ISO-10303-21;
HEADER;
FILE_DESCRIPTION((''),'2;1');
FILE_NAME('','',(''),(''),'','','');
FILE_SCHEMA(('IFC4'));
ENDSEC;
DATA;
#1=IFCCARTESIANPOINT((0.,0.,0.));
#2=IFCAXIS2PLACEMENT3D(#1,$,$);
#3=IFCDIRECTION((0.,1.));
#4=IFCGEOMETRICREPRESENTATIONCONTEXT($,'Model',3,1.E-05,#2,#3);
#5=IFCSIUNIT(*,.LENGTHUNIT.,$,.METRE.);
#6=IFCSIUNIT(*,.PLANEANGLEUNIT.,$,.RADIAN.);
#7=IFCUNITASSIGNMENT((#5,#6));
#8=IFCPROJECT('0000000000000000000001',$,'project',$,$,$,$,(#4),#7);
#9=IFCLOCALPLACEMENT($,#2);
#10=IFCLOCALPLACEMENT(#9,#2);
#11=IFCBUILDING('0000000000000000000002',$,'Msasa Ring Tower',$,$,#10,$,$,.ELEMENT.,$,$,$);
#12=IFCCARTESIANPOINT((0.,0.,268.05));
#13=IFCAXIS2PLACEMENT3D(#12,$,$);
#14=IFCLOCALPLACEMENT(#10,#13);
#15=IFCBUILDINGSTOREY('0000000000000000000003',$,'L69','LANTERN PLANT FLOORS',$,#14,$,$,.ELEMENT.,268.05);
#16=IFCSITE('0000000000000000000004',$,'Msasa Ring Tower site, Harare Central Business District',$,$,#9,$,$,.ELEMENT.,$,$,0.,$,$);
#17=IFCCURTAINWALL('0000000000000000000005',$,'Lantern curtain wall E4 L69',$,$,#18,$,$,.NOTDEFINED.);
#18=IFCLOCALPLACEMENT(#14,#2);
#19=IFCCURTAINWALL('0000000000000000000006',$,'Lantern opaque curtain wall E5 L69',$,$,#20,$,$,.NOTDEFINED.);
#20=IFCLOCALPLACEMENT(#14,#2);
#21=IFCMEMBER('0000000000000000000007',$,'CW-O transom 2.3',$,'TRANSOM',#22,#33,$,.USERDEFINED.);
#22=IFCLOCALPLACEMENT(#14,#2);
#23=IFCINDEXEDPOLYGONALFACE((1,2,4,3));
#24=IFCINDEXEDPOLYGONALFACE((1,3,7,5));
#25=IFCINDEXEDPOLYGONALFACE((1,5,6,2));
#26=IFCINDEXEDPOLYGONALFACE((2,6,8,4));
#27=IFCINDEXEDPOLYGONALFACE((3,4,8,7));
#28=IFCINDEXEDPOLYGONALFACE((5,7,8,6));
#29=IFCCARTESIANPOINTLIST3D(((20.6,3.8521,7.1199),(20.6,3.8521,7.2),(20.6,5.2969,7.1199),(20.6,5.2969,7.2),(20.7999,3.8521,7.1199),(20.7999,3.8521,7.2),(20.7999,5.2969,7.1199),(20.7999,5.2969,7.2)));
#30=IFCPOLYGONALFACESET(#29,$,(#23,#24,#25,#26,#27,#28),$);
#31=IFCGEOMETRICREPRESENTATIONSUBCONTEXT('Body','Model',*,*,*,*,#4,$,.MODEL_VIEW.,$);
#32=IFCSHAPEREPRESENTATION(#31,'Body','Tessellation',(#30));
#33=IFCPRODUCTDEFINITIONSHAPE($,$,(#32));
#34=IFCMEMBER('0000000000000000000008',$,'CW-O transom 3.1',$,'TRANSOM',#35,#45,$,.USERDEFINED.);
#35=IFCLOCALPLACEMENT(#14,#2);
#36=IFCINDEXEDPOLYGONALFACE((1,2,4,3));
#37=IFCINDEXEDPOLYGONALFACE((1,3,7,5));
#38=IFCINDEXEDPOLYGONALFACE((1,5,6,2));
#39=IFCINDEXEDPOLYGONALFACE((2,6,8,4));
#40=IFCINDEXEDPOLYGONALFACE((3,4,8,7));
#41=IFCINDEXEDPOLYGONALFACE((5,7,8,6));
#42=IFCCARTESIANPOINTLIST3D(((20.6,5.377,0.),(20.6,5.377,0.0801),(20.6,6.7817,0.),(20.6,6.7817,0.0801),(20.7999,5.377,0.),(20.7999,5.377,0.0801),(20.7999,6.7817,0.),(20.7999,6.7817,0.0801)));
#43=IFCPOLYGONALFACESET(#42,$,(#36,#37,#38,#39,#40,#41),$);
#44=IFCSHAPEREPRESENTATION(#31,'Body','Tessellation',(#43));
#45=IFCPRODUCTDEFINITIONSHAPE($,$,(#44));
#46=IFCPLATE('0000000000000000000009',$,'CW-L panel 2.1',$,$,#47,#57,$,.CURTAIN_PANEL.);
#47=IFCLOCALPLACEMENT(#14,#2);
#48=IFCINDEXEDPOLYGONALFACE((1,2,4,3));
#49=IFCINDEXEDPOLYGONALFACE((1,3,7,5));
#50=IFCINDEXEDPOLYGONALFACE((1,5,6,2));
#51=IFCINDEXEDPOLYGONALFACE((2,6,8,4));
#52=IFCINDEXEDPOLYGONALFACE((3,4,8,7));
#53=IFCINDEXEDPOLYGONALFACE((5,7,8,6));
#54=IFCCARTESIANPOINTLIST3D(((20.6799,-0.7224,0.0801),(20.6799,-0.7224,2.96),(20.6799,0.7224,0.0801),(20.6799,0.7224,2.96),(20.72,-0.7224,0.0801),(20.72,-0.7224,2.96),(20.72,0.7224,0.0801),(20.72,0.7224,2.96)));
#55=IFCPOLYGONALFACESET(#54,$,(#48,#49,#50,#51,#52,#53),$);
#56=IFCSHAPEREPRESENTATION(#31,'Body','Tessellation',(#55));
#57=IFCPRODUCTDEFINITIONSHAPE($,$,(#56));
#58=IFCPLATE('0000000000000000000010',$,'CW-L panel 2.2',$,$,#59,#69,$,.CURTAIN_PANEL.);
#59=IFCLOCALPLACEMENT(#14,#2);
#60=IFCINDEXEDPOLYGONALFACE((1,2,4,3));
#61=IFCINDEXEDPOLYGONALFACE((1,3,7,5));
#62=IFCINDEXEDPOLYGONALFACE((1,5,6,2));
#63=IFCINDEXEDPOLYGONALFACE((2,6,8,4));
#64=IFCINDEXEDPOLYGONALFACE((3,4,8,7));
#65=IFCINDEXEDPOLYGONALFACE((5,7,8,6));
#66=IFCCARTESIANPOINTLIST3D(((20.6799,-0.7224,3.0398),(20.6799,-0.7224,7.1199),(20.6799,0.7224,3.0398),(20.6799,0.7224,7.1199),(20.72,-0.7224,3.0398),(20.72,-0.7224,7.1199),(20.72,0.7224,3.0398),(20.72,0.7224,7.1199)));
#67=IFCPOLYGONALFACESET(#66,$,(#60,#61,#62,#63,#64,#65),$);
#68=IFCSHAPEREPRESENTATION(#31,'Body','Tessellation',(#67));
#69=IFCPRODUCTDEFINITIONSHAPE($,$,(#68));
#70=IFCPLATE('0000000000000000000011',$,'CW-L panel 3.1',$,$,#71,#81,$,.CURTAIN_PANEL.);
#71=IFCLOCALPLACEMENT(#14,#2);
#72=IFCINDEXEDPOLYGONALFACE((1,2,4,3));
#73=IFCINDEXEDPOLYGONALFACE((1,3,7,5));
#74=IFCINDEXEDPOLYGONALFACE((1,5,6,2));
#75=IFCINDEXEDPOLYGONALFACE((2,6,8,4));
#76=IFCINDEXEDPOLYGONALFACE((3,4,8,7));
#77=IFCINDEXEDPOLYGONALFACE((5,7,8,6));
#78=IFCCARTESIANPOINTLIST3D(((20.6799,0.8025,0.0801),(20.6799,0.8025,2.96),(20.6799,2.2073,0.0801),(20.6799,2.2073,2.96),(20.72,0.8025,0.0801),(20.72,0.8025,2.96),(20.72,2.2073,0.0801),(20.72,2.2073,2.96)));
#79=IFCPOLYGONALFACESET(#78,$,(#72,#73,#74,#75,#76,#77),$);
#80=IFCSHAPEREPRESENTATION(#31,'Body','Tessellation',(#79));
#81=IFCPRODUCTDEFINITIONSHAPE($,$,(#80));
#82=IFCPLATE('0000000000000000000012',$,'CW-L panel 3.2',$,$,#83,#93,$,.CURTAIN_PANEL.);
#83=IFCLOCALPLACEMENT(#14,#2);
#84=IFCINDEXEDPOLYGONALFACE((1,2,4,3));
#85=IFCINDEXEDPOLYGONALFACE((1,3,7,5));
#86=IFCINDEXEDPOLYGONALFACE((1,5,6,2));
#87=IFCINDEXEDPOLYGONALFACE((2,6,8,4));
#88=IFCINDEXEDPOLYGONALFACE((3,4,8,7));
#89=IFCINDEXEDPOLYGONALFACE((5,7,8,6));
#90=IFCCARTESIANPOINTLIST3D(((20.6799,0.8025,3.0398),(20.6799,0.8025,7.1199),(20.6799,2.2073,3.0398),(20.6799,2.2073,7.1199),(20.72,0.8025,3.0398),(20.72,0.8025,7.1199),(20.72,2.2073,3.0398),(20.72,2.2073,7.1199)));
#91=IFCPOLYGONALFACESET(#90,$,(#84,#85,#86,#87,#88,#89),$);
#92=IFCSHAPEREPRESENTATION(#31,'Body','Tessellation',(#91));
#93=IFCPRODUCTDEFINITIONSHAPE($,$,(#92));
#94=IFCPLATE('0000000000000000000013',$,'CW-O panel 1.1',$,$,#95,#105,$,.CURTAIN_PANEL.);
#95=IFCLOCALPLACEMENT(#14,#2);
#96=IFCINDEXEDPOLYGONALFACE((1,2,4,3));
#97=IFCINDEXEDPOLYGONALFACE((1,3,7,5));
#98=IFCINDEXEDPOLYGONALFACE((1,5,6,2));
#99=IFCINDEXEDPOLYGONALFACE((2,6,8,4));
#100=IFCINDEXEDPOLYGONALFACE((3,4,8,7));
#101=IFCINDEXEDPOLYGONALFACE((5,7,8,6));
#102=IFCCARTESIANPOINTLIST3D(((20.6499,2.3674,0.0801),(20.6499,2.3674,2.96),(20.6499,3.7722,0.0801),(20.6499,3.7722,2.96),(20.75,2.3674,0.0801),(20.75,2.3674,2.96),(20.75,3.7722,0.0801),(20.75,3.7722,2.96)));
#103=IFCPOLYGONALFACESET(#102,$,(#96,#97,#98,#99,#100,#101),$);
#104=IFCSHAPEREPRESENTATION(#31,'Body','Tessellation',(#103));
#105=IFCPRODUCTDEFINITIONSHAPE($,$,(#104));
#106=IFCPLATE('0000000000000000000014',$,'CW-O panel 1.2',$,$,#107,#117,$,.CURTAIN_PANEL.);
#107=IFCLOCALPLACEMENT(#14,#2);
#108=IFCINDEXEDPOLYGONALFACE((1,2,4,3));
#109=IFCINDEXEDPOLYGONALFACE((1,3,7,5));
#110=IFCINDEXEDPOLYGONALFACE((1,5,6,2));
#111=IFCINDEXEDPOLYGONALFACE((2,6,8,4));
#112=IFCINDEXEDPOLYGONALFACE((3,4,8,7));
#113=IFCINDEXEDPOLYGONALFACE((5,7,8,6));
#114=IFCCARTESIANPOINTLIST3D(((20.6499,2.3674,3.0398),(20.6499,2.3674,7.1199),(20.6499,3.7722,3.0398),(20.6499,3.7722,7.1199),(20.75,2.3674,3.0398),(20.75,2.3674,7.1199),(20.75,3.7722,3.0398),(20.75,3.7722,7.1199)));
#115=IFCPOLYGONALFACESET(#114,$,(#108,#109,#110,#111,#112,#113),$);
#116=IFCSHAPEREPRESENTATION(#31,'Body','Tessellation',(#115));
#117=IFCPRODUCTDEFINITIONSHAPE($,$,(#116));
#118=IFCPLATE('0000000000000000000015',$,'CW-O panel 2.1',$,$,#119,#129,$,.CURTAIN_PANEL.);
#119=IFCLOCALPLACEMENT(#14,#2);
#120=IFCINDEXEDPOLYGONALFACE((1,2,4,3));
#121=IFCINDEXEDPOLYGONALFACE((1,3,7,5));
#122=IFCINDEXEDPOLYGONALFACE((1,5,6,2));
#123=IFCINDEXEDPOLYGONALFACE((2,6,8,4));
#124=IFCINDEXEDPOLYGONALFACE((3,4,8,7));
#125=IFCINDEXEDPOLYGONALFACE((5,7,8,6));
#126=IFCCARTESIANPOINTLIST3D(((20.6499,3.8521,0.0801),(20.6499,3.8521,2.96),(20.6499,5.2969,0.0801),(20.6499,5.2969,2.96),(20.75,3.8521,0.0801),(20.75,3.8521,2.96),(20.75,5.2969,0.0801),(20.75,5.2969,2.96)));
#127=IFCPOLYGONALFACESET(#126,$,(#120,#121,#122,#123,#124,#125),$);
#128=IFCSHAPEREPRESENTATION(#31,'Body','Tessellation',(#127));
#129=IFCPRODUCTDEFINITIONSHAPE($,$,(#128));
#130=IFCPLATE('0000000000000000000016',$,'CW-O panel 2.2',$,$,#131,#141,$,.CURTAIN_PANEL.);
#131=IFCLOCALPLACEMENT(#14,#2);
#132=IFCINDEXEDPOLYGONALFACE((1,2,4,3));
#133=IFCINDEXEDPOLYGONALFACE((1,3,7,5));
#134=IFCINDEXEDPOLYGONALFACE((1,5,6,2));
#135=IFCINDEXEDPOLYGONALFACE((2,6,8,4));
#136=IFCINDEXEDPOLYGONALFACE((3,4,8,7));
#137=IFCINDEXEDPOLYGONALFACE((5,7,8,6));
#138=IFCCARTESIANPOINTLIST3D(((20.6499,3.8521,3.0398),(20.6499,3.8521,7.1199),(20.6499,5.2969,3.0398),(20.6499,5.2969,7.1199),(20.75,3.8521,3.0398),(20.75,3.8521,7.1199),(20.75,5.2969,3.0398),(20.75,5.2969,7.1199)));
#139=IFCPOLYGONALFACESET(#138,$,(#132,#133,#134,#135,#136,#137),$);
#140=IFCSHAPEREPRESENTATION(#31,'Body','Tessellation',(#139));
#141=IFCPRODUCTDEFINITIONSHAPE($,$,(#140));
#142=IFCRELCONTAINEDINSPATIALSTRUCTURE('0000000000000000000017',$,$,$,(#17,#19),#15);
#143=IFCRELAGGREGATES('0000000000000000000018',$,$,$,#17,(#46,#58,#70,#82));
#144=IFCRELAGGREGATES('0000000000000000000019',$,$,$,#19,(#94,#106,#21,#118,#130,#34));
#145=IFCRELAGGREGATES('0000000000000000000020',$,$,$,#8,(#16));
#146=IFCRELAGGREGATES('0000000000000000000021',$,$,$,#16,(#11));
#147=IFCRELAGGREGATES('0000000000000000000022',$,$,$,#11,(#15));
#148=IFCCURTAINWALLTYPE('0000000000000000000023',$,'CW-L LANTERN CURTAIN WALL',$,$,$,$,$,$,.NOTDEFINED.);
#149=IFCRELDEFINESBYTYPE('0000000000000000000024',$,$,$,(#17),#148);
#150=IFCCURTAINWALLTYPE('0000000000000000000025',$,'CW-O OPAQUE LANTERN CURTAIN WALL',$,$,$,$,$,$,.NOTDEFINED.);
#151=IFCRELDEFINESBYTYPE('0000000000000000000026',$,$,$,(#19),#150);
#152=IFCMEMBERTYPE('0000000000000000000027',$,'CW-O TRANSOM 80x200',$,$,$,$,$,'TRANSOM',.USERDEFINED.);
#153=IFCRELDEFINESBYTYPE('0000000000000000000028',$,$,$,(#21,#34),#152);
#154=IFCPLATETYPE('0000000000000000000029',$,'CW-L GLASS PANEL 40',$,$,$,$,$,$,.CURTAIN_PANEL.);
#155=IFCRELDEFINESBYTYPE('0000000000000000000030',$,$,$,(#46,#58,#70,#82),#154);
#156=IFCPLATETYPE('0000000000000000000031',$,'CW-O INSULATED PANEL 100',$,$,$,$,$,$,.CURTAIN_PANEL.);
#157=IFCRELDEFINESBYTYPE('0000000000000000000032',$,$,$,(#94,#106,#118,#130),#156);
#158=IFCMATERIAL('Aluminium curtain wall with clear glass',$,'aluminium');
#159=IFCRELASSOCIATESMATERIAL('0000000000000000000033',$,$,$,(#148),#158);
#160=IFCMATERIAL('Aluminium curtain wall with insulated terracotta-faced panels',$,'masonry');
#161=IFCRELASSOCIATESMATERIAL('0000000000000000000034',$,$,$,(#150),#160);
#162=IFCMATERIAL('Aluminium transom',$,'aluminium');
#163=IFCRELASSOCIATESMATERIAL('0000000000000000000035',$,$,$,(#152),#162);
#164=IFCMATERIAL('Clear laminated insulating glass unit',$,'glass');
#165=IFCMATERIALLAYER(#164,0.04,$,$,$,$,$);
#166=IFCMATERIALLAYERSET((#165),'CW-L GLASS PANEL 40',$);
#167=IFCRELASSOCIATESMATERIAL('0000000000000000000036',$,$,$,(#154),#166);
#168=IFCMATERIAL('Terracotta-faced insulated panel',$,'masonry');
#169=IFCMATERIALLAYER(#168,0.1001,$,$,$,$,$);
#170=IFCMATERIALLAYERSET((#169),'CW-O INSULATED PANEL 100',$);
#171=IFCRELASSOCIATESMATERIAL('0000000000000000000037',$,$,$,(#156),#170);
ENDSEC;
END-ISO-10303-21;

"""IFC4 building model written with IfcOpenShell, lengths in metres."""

from ifc_helpers import new_model, si_unit, direction, frame, origin, origin_2d, place, context, subcontext, project, spatial, rectangle, extrude, material, layer, layer_set, material_profile, profile_set, type_object, element, aggregate, save


model = new_model("IFC4")

# Units and contexts
model_context = context("Model", 3, precision=1e-05, world=origin(), true_north=direction((0.0, 1.0)))
body_context = subcontext(model_context, "Body", "Model", "MODEL_VIEW")
ifc_project = project(units=[si_unit("LENGTHUNIT", "METRE"), si_unit("PLANEANGLEUNIT", "RADIAN")], contexts=[model_context])

# Site, building, storey
site_placement = place(None, origin())
site = spatial("IfcSite", under=ifc_project, at=site_placement, Name="Msasa Ring Tower site, Harare Central Business District", CompositionType="ELEMENT", RefElevation=0.0)
building_placement = place(site_placement, origin())
building = spatial("IfcBuilding", under=site, at=building_placement, Name="Msasa Ring Tower", CompositionType="ELEMENT")
storey_placement = place(building_placement, frame((0.0, 0.0, 268.05)))
storey = spatial("IfcBuildingStorey", under=building, at=storey_placement, Name="L69", Description="LANTERN PLANT FLOORS", CompositionType="ELEMENT", Elevation=268.05)

# Curtain walls, members
ifc_material_1 = material(Name="Aluminium curtain wall with clear glass", Category="aluminium")
curtain_wall_type_1 = type_object("IfcCurtainWallType", Name="CW-L LANTERN CURTAIN WALL", PredefinedType="NOTDEFINED", material=ifc_material_1)
curtain_wall_1_placement = place(storey_placement, origin())
curtain_wall_1 = element("IfcCurtainWall", 1, at=curtain_wall_1_placement, inside=storey, type_object=curtain_wall_type_1, Name="Lantern curtain wall E4 L69", PredefinedType="NOTDEFINED")
ifc_material_2 = material(Name="Aluminium curtain wall with insulated terracotta-faced panels", Category="masonry")
curtain_wall_type_2 = type_object("IfcCurtainWallType", Name="CW-O OPAQUE LANTERN CURTAIN WALL", PredefinedType="NOTDEFINED", material=ifc_material_2)
curtain_wall_2_placement = place(storey_placement, origin())
curtain_wall_2 = element("IfcCurtainWall", 2, at=curtain_wall_2_placement, inside=storey, type_object=curtain_wall_type_2, Name="Lantern opaque curtain wall E5 L69", PredefinedType="NOTDEFINED")
ifc_material_3 = material(Name="Aluminium transom", Category="aluminium")
ifc_material_profile_1 = material_profile(ifc_material_3, rectangle(XDim=0.2, YDim=0.0801, at=origin_2d()), Name="AL 80x200")
ifc_profile_set_1 = profile_set([ifc_material_profile_1], Name="Aluminium transom")
member_type_1 = type_object("IfcMemberType", Name="CW-O TRANSOM 80x200", ElementType="TRANSOM", PredefinedType="USERDEFINED", material=ifc_profile_set_1)
member_1_placement = place(storey_placement, frame((20.7, 3.8521, 7.1599), z_axis=(0.0, 1.0, 0.0), x_axis=(-1.0, 0.0, 0.0)))
member_1 = element("IfcMember", 3, at=member_1_placement, type_object=member_type_1, Name="CW-O transom 2.3", ObjectType="TRANSOM", PredefinedType="USERDEFINED", context=body_context, shape_type="SweptSolid", body=[
    extrude(rectangle(XDim=0.2, YDim=0.0801, at=origin_2d()), origin(), (0.0, 0.0, 1.0), 1.4448),
])
member_2_placement = place(storey_placement, frame((20.7, 5.377, 0.04), z_axis=(0.0, 1.0, 0.0), x_axis=(-1.0, 0.0, 0.0)))
member_2 = element("IfcMember", 4, at=member_2_placement, type_object=member_type_1, Name="CW-O transom 3.1", ObjectType="TRANSOM", PredefinedType="USERDEFINED", context=body_context, shape_type="SweptSolid", body=[
    extrude(rectangle(XDim=0.2, YDim=0.0801, at=origin_2d()), origin(), (0.0, 0.0, 1.0), 1.4048),
])

# Plates
ifc_material_4 = material(Name="Clear laminated insulating glass unit", Category="glass")
ifc_layer_1 = layer(ifc_material_4, 0.04)
ifc_layer_set_1 = layer_set([ifc_layer_1], Name="CW-L GLASS PANEL 40")
plate_type_1 = type_object("IfcPlateType", Name="CW-L GLASS PANEL 40", PredefinedType="CURTAIN_PANEL", material=ifc_layer_set_1)
plate_1_placement = place(storey_placement, frame((20.7, 0.0, 0.0801), z_axis=(0.0, 0.0, 1.0), x_axis=(0.0, 1.0, 0.0)))
plate_1 = element("IfcPlate", 5, at=plate_1_placement, type_object=plate_type_1, Name="CW-L panel 2.1", PredefinedType="CURTAIN_PANEL", context=body_context, shape_type="SweptSolid", body=[
    extrude(rectangle(XDim=1.4448, YDim=0.04, at=origin_2d()), origin(), (0.0, 0.0, 1.0), 2.8799),
])
plate_2_placement = place(storey_placement, frame((20.7, 0.0, 3.0398), z_axis=(0.0, 0.0, 1.0), x_axis=(0.0, 1.0, 0.0)))
plate_2 = element("IfcPlate", 6, at=plate_2_placement, type_object=plate_type_1, Name="CW-L panel 2.2", PredefinedType="CURTAIN_PANEL", context=body_context, shape_type="SweptSolid", body=[
    extrude(rectangle(XDim=1.4448, YDim=0.04, at=origin_2d()), origin(), (0.0, 0.0, 1.0), 4.0801),
])
plate_3_placement = place(storey_placement, frame((20.7, 1.5049, 0.0801), z_axis=(0.0, 0.0, 1.0), x_axis=(0.0, 1.0, 0.0)))
plate_3 = element("IfcPlate", 7, at=plate_3_placement, type_object=plate_type_1, Name="CW-L panel 3.1", PredefinedType="CURTAIN_PANEL", context=body_context, shape_type="SweptSolid", body=[
    extrude(rectangle(XDim=1.4048, YDim=0.04, at=origin_2d()), origin(), (0.0, 0.0, 1.0), 2.8799),
])
plate_4_placement = place(storey_placement, frame((20.7, 1.5049, 3.0398), z_axis=(0.0, 0.0, 1.0), x_axis=(0.0, 1.0, 0.0)))
plate_4 = element("IfcPlate", 8, at=plate_4_placement, type_object=plate_type_1, Name="CW-L panel 3.2", PredefinedType="CURTAIN_PANEL", context=body_context, shape_type="SweptSolid", body=[
    extrude(rectangle(XDim=1.4048, YDim=0.04, at=origin_2d()), origin(), (0.0, 0.0, 1.0), 4.0801),
])
aggregate(curtain_wall_1, [plate_1, plate_2, plate_3, plate_4])
ifc_material_5 = material(Name="Terracotta-faced insulated panel", Category="masonry")
ifc_layer_2 = layer(ifc_material_5, 0.1001)
ifc_layer_set_2 = layer_set([ifc_layer_2], Name="CW-O INSULATED PANEL 100")
plate_type_2 = type_object("IfcPlateType", Name="CW-O INSULATED PANEL 100", PredefinedType="CURTAIN_PANEL", material=ifc_layer_set_2)
plate_5_placement = place(storey_placement, frame((20.7, 3.0698, 0.0801), z_axis=(0.0, 0.0, 1.0), x_axis=(0.0, 1.0, 0.0)))
plate_5 = element("IfcPlate", 9, at=plate_5_placement, type_object=plate_type_2, Name="CW-O panel 1.1", PredefinedType="CURTAIN_PANEL", context=body_context, shape_type="SweptSolid", body=[
    extrude(rectangle(XDim=1.4048, YDim=0.1001, at=origin_2d()), origin(), (0.0, 0.0, 1.0), 2.8799),
])
plate_6_placement = place(storey_placement, frame((20.7, 3.0698, 3.0398), z_axis=(0.0, 0.0, 1.0), x_axis=(0.0, 1.0, 0.0)))
plate_6 = element("IfcPlate", 10, at=plate_6_placement, type_object=plate_type_2, Name="CW-O panel 1.2", PredefinedType="CURTAIN_PANEL", context=body_context, shape_type="SweptSolid", body=[
    extrude(rectangle(XDim=1.4048, YDim=0.1001, at=origin_2d()), origin(), (0.0, 0.0, 1.0), 4.0801),
])
plate_7_placement = place(storey_placement, frame((20.7, 4.5745, 0.0801), z_axis=(0.0, 0.0, 1.0), x_axis=(0.0, 1.0, 0.0)))
plate_7 = element("IfcPlate", 11, at=plate_7_placement, type_object=plate_type_2, Name="CW-O panel 2.1", PredefinedType="CURTAIN_PANEL", context=body_context, shape_type="SweptSolid", body=[
    extrude(rectangle(XDim=1.4448, YDim=0.1001, at=origin_2d()), origin(), (0.0, 0.0, 1.0), 2.8799),
])
plate_8_placement = place(storey_placement, frame((20.7, 4.5745, 3.0398), z_axis=(0.0, 0.0, 1.0), x_axis=(0.0, 1.0, 0.0)))
plate_8 = element("IfcPlate", 12, at=plate_8_placement, type_object=plate_type_2, Name="CW-O panel 2.2", PredefinedType="CURTAIN_PANEL", context=body_context, shape_type="SweptSolid", body=[
    extrude(rectangle(XDim=1.4448, YDim=0.1001, at=origin_2d()), origin(), (0.0, 0.0, 1.0), 4.0801),
])
aggregate(curtain_wall_2, [plate_5, plate_6, member_1, plate_7, plate_8, member_2])

save(model, "model.ifc")
